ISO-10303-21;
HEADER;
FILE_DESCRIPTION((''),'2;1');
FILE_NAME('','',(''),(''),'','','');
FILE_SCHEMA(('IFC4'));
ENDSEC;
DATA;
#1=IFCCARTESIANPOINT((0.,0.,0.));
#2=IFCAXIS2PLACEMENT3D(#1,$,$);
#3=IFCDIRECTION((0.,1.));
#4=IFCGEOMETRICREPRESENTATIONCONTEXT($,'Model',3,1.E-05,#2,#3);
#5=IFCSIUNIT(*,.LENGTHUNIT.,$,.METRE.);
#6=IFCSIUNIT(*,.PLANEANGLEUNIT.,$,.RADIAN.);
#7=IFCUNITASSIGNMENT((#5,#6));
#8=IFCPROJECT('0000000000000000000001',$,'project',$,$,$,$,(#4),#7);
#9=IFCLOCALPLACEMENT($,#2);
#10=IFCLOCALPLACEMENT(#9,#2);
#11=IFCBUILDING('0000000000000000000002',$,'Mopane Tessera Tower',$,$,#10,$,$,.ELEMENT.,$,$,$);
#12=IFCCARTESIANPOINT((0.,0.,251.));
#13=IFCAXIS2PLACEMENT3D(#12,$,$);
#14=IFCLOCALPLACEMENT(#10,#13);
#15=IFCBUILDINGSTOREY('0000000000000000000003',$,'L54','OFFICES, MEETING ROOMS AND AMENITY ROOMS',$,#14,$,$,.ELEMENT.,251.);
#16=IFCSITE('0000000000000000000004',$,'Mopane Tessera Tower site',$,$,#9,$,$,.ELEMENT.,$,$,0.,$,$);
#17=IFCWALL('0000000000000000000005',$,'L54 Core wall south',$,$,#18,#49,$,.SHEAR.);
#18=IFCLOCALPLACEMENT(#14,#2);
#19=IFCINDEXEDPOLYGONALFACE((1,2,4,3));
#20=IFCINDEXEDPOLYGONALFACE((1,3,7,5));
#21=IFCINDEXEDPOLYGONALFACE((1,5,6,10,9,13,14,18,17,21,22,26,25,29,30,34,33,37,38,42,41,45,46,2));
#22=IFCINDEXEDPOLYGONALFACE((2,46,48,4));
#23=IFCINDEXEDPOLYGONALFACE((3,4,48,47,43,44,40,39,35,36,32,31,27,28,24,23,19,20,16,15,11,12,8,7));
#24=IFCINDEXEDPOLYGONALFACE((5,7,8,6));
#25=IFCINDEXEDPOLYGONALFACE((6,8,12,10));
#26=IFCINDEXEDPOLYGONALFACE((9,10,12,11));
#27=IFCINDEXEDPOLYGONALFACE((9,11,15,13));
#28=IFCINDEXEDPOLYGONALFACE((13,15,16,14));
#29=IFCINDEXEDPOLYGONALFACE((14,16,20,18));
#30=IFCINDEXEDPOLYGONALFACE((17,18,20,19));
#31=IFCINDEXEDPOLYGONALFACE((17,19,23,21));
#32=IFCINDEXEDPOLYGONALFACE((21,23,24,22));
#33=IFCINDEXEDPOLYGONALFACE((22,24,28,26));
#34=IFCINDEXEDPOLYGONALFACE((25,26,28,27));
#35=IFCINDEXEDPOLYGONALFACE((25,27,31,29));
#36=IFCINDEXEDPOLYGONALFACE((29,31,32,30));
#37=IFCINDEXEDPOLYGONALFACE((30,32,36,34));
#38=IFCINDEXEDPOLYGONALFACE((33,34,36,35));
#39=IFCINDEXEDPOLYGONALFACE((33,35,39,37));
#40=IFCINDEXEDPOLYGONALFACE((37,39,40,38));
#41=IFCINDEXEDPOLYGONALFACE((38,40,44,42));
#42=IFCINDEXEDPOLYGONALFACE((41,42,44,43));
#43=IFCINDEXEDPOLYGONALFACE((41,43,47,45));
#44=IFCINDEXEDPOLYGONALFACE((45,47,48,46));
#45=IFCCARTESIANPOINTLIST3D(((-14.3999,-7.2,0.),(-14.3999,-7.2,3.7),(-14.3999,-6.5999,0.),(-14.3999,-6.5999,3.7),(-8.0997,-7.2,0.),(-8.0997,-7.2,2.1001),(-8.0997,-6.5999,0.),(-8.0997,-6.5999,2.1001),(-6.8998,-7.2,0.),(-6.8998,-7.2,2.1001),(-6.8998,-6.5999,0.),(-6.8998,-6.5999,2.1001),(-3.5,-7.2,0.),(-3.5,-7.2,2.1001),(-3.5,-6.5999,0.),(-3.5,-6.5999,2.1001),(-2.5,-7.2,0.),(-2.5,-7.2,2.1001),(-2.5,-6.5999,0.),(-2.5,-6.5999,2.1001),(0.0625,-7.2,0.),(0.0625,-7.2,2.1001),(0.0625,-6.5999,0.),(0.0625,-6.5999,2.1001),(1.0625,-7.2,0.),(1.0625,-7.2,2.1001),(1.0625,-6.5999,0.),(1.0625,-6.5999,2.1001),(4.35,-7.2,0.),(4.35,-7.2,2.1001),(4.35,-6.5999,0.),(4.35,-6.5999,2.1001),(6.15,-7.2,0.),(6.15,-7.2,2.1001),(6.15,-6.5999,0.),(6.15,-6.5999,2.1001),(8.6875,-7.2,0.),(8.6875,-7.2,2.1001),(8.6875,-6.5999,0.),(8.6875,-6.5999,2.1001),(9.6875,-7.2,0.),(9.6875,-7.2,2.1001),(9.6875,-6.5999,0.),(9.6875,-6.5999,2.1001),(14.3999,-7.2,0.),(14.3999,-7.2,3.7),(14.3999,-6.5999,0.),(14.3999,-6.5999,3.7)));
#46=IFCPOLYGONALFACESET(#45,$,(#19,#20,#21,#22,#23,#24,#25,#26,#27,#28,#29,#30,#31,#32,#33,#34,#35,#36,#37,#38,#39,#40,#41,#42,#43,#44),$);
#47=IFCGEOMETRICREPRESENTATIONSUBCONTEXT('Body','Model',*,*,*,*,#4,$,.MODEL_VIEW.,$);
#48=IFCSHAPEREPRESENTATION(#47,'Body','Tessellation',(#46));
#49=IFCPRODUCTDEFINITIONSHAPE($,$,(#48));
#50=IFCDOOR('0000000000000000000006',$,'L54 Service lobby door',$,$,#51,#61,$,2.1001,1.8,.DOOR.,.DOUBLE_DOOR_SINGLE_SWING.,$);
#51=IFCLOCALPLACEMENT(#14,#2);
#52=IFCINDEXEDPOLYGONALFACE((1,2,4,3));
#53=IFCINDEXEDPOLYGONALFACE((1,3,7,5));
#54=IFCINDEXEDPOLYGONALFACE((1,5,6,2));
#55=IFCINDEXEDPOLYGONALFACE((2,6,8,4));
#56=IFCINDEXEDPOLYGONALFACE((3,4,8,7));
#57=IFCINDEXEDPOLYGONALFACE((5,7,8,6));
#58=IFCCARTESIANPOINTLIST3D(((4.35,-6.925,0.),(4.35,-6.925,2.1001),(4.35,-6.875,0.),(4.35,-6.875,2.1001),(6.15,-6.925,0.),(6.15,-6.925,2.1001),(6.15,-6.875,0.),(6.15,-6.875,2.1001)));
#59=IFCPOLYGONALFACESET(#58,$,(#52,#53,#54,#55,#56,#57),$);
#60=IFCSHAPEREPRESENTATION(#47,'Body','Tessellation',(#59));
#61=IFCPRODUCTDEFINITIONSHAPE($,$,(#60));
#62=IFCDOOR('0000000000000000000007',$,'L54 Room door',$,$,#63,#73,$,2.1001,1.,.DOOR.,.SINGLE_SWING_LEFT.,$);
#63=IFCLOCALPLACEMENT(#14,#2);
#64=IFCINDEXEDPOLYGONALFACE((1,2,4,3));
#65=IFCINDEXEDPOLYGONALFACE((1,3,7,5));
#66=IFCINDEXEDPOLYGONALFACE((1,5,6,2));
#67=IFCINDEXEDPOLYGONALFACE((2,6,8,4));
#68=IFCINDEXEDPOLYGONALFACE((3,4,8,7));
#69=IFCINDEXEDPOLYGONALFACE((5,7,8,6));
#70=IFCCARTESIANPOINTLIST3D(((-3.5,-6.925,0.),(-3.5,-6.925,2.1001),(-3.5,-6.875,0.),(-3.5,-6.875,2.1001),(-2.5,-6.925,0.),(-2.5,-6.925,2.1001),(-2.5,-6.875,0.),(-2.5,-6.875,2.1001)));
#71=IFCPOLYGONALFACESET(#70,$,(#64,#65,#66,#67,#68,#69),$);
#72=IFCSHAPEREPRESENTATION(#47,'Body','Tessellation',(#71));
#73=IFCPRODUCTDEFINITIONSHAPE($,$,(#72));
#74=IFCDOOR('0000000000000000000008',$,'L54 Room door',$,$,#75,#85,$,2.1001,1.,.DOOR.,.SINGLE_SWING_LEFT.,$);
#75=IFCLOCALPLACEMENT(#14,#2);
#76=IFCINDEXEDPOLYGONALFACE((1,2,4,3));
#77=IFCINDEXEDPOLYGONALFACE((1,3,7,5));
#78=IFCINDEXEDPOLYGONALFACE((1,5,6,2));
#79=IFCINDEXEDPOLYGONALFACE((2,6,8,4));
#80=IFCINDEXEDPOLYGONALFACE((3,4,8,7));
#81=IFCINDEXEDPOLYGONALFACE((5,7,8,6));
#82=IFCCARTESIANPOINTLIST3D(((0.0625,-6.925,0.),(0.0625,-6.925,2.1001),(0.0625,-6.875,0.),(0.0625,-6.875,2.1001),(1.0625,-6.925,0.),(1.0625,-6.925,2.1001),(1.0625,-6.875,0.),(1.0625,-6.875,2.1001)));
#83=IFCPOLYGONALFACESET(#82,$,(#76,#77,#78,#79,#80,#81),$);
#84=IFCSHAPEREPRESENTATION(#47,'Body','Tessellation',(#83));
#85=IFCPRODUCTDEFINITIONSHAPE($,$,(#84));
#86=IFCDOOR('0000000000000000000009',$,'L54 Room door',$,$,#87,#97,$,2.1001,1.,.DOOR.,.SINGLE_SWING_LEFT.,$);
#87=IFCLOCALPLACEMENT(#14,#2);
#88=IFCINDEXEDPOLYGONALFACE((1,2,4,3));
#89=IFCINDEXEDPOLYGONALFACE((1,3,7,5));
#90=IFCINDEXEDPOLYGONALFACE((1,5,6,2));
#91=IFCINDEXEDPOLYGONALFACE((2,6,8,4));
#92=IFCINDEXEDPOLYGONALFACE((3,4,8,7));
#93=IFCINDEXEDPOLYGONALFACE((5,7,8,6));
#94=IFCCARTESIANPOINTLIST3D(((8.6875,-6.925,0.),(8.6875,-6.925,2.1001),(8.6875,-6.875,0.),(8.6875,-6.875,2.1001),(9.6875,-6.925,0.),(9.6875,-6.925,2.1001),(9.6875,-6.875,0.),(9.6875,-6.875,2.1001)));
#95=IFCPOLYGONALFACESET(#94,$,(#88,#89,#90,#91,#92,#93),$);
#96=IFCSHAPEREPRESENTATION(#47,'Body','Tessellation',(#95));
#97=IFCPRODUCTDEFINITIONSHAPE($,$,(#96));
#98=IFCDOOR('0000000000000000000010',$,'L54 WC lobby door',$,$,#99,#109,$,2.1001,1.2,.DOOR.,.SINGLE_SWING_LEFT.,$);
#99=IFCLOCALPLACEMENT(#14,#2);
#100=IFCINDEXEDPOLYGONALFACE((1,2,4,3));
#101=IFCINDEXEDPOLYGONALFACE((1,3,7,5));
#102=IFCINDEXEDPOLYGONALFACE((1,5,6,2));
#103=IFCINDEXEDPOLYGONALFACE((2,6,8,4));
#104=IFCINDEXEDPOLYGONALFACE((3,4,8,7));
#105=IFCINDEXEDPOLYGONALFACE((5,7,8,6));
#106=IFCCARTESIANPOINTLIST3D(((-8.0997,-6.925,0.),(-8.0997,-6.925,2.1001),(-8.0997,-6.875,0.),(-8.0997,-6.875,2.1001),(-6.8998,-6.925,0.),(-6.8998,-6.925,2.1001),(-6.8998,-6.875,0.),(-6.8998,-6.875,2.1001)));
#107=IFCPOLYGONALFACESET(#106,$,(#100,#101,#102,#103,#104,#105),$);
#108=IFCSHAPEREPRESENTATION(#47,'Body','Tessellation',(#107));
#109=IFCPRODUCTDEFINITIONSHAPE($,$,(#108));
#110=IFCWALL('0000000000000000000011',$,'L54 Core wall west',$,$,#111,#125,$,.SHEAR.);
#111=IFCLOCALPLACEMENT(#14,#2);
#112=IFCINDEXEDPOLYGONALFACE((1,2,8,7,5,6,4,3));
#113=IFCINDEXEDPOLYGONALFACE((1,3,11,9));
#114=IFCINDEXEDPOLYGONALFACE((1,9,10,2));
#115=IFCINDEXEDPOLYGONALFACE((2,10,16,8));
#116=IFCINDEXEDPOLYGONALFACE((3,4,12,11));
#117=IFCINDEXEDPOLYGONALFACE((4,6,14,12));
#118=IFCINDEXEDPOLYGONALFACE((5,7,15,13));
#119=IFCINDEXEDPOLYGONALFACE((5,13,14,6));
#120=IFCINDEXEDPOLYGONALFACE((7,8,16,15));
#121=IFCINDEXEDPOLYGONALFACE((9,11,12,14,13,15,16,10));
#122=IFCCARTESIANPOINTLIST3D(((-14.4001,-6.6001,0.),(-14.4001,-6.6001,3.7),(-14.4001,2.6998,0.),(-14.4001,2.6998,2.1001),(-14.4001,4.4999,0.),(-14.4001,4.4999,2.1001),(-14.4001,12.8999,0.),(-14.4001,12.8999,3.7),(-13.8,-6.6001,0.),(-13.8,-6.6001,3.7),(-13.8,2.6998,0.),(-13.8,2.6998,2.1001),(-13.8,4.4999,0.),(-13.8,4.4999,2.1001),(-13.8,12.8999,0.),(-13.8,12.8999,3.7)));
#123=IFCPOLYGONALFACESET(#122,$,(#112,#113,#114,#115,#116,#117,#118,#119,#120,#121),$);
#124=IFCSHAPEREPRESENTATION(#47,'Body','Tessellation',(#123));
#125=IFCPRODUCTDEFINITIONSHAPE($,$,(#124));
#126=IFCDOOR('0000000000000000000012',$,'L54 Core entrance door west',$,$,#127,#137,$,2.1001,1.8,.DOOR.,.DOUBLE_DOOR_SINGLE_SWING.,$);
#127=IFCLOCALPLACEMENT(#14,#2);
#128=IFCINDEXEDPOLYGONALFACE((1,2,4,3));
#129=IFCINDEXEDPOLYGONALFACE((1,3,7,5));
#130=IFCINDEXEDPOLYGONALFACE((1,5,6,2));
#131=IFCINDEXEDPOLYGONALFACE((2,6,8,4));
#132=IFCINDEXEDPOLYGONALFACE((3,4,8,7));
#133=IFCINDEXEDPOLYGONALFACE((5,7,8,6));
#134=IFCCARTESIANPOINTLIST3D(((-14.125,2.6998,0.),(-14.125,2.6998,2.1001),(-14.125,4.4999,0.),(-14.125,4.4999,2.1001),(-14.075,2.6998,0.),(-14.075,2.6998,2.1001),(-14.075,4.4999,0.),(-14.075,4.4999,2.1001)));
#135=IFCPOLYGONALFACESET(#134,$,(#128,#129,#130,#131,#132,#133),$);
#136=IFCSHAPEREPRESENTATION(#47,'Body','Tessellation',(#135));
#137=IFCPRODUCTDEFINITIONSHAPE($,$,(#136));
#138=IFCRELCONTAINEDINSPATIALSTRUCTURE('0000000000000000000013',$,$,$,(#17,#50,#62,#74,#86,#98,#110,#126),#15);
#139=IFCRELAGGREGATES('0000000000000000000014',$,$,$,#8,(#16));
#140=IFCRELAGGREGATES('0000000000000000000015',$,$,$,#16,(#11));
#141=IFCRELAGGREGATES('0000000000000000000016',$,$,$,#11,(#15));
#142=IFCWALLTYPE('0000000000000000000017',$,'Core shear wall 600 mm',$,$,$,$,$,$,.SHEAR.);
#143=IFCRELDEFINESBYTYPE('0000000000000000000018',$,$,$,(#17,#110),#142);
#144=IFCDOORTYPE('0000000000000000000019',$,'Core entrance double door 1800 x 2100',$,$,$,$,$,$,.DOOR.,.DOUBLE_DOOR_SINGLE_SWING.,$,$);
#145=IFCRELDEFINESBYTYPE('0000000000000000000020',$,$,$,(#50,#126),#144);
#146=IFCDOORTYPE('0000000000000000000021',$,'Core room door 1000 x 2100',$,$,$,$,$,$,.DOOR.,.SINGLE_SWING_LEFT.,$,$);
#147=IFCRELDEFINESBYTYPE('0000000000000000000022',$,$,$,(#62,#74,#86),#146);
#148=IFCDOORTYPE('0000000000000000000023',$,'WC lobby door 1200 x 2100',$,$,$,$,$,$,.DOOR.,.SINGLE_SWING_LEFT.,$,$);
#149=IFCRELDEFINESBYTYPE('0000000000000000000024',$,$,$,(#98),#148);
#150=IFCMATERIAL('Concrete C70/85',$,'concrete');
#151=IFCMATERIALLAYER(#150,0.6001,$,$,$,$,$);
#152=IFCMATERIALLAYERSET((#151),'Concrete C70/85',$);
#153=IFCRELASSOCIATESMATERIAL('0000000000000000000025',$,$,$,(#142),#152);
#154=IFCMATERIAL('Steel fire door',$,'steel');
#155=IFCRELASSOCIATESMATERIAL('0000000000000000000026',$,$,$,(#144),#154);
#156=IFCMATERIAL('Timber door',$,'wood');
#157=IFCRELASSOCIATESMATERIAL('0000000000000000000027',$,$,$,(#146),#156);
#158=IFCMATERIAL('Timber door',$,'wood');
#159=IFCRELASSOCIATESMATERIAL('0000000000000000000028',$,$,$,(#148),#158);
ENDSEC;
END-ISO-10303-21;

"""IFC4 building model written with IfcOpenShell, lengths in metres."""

from ifc_helpers import new_model, si_unit, direction, frame, frame_2d, origin, place, context, subcontext, project, spatial, rectangle, extrude, material, layer, layer_set, type_object, element, fill, save


model = new_model("IFC4")

# Units and contexts
model_context = context("Model", 3, precision=1e-05, world=origin(), true_north=direction((0.0, 1.0)))
body_context = subcontext(model_context, "Body", "Model", "MODEL_VIEW")
ifc_project = project(units=[si_unit("LENGTHUNIT", "METRE"), si_unit("PLANEANGLEUNIT", "RADIAN")], contexts=[model_context])

# Site, building, storey
site_placement = place(None, origin())
site = spatial("IfcSite", under=ifc_project, at=site_placement, Name="Mopane Tessera Tower site", CompositionType="ELEMENT", RefElevation=0.0)
building_placement = place(site_placement, origin())
building = spatial("IfcBuilding", under=site, at=building_placement, Name="Mopane Tessera Tower", CompositionType="ELEMENT")
storey_placement = place(building_placement, frame((0.0, 0.0, 251.0)))
storey = spatial("IfcBuildingStorey", under=building, at=storey_placement, Name="L54", Description="OFFICES, MEETING ROOMS AND AMENITY ROOMS", CompositionType="ELEMENT", Elevation=251.0)

# Wall, openings, doors
ifc_material_1 = material(Name="Concrete C70/85", Category="concrete")
ifc_layer_1 = layer(ifc_material_1, 0.6001)
ifc_layer_set_1 = layer_set([ifc_layer_1], Name="Concrete C70/85")
wall_type_1 = type_object("IfcWallType", Name="Core shear wall 600 mm", PredefinedType="SHEAR", material=ifc_layer_set_1)
wall_1_placement = place(storey_placement, frame((-14.3999, -6.8999, 0.0), z_axis=(0.0, 0.0, 1.0), x_axis=(1.0, 0.0, 0.0)))
wall_1 = element("IfcWall", 1, at=wall_1_placement, inside=storey, type_object=wall_type_1, Name="L54 Core wall south", PredefinedType="SHEAR", context=body_context, shape_type="SweptSolid", body=[
    extrude(rectangle(XDim=28.7998, YDim=0.6001, at=frame_2d((14.3999, 0.0))), origin(), (0.0, 0.0, 1.0), 3.7),
])
opening_1_placement = place(wall_1_placement, frame((6.3, 0.0, 0.0)))
opening_1 = element("IfcOpeningElement", 2, at=opening_1_placement, cuts=wall_1, PredefinedType="OPENING", context=body_context, shape_type="SweptSolid", body=[
    extrude(rectangle(XDim=1.2, YDim=2.1001, at=frame_2d((0.6001, 1.05))), frame((0.0, 0.312, 0.0), z_axis=(0.0, -1.0, 0.0), x_axis=(1.0, 0.0, 0.0)), (0.0, 0.0, 1.0), 0.624),
])
opening_2_placement = place(wall_1_placement, frame((10.8999, 0.0, 0.0)))
opening_2 = element("IfcOpeningElement", 3, at=opening_2_placement, cuts=wall_1, PredefinedType="OPENING", context=body_context, shape_type="SweptSolid", body=[
    extrude(rectangle(XDim=1.0, YDim=2.1001, at=frame_2d((0.5, 1.05))), frame((0.0, 0.312, 0.0), z_axis=(0.0, -1.0, 0.0), x_axis=(1.0, 0.0, 0.0)), (0.0, 0.0, 1.0), 0.624),
])
opening_3_placement = place(wall_1_placement, frame((14.4624, 0.0, 0.0)))
opening_3 = element("IfcOpeningElement", 4, at=opening_3_placement, cuts=wall_1, PredefinedType="OPENING", context=body_context, shape_type="SweptSolid", body=[
    extrude(rectangle(XDim=1.0, YDim=2.1001, at=frame_2d((0.5, 1.05))), frame((0.0, 0.312, 0.0), z_axis=(0.0, -1.0, 0.0), x_axis=(1.0, 0.0, 0.0)), (0.0, 0.0, 1.0), 0.624),
])
opening_4_placement = place(wall_1_placement, frame((18.75, 0.0, 0.0)))
opening_4 = element("IfcOpeningElement", 5, at=opening_4_placement, cuts=wall_1, PredefinedType="OPENING", context=body_context, shape_type="SweptSolid", body=[
    extrude(rectangle(XDim=1.8, YDim=2.1001, at=frame_2d((0.8999, 1.05))), frame((0.0, 0.312, 0.0), z_axis=(0.0, -1.0, 0.0), x_axis=(1.0, 0.0, 0.0)), (0.0, 0.0, 1.0), 0.624),
])
opening_5_placement = place(wall_1_placement, frame((23.0874, 0.0, 0.0)))
opening_5 = element("IfcOpeningElement", 6, at=opening_5_placement, cuts=wall_1, PredefinedType="OPENING", context=body_context, shape_type="SweptSolid", body=[
    extrude(rectangle(XDim=1.0, YDim=2.1001, at=frame_2d((0.5, 1.05))), frame((0.0, 0.312, 0.0), z_axis=(0.0, -1.0, 0.0), x_axis=(1.0, 0.0, 0.0)), (0.0, 0.0, 1.0), 0.624),
])
ifc_material_2 = material(Name="Steel fire door", Category="steel")
door_type_1 = type_object("IfcDoorType", Name="Core entrance double door 1800 x 2100", OperationType="DOUBLE_DOOR_SINGLE_SWING", PredefinedType="DOOR", material=ifc_material_2)
door_1_placement = place(opening_4_placement, origin())
door_1 = element("IfcDoor", 7, at=door_1_placement, inside=storey, type_object=door_type_1, Name="L54 Service lobby door", OperationType="DOUBLE_DOOR_SINGLE_SWING", OverallHeight=2.1001, OverallWidth=1.8, PredefinedType="DOOR", context=body_context, shape_type="SweptSolid", body=[
    extrude(rectangle(XDim=1.8, YDim=2.1001, at=frame_2d((0.8999, 1.05))), frame((0.0, 0.0249, 0.0), z_axis=(0.0, -1.0, 0.0), x_axis=(1.0, 0.0, 0.0)), (0.0, 0.0, 1.0), 0.05),
])
fill(opening_4, door_1)
ifc_material_3 = material(Name="Timber door", Category="wood")
door_type_2 = type_object("IfcDoorType", Name="Core room door 1000 x 2100", OperationType="SINGLE_SWING_LEFT", PredefinedType="DOOR", material=ifc_material_3)
door_2_placement = place(opening_2_placement, origin())
door_2 = element("IfcDoor", 8, at=door_2_placement, inside=storey, type_object=door_type_2, Name="L54 Room door", OperationType="SINGLE_SWING_LEFT", OverallHeight=2.1001, OverallWidth=1.0, PredefinedType="DOOR", context=body_context, shape_type="SweptSolid", body=[
    extrude(rectangle(XDim=1.0, YDim=2.1001, at=frame_2d((0.5, 1.05))), frame((0.0, 0.0249, 0.0), z_axis=(0.0, -1.0, 0.0), x_axis=(1.0, 0.0, 0.0)), (0.0, 0.0, 1.0), 0.05),
])
fill(opening_2, door_2)
door_3_placement = place(opening_3_placement, origin())
door_3 = element("IfcDoor", 9, at=door_3_placement, inside=storey, type_object=door_type_2, Name="L54 Room door", OperationType="SINGLE_SWING_LEFT", OverallHeight=2.1001, OverallWidth=1.0, PredefinedType="DOOR", context=body_context, shape_type="SweptSolid", body=[
    extrude(rectangle(XDim=1.0, YDim=2.1001, at=frame_2d((0.5, 1.05))), frame((0.0, 0.0249, 0.0), z_axis=(0.0, -1.0, 0.0), x_axis=(1.0, 0.0, 0.0)), (0.0, 0.0, 1.0), 0.05),
])
fill(opening_3, door_3)
door_4_placement = place(opening_5_placement, origin())
door_4 = element("IfcDoor", 10, at=door_4_placement, inside=storey, type_object=door_type_2, Name="L54 Room door", OperationType="SINGLE_SWING_LEFT", OverallHeight=2.1001, OverallWidth=1.0, PredefinedType="DOOR", context=body_context, shape_type="SweptSolid", body=[
    extrude(rectangle(XDim=1.0, YDim=2.1001, at=frame_2d((0.5, 1.05))), frame((0.0, 0.0249, 0.0), z_axis=(0.0, -1.0, 0.0), x_axis=(1.0, 0.0, 0.0)), (0.0, 0.0, 1.0), 0.05),
])
fill(opening_5, door_4)
ifc_material_4 = material(Name="Timber door", Category="wood")
door_type_3 = type_object("IfcDoorType", Name="WC lobby door 1200 x 2100", OperationType="SINGLE_SWING_LEFT", PredefinedType="DOOR", material=ifc_material_4)
door_5_placement = place(opening_1_placement, origin())
door_5 = element("IfcDoor", 11, at=door_5_placement, inside=storey, type_object=door_type_3, Name="L54 WC lobby door", OperationType="SINGLE_SWING_LEFT", OverallHeight=2.1001, OverallWidth=1.2, PredefinedType="DOOR", context=body_context, shape_type="SweptSolid", body=[
    extrude(rectangle(XDim=1.2, YDim=2.1001, at=frame_2d((0.6001, 1.05))), frame((0.0, 0.0249, 0.0), z_axis=(0.0, -1.0, 0.0), x_axis=(1.0, 0.0, 0.0)), (0.0, 0.0, 1.0), 0.05),
])
fill(opening_1, door_5)

# Wall, opening, door
wall_2_placement = place(storey_placement, frame((-14.1001, -6.6001, 0.0), z_axis=(0.0, 0.0, 1.0), x_axis=(0.0, 1.0, 0.0)))
wall_2 = element("IfcWall", 12, at=wall_2_placement, inside=storey, type_object=wall_type_1, Name="L54 Core wall west", PredefinedType="SHEAR", context=body_context, shape_type="SweptSolid", body=[
    extrude(rectangle(XDim=19.5, YDim=0.6001, at=frame_2d((9.75, 0.0))), origin(), (0.0, 0.0, 1.0), 3.7),
])
opening_6_placement = place(wall_2_placement, frame((9.3, 0.0, 0.0)))
opening_6 = element("IfcOpeningElement", 13, at=opening_6_placement, cuts=wall_2, PredefinedType="OPENING", context=body_context, shape_type="SweptSolid", body=[
    extrude(rectangle(XDim=1.8, YDim=2.1001, at=frame_2d((0.8999, 1.05))), frame((0.0, 0.312, 0.0), z_axis=(0.0, -1.0, 0.0), x_axis=(1.0, 0.0, 0.0)), (0.0, 0.0, 1.0), 0.624),
])
door_6_placement = place(opening_6_placement, origin())
door_6 = element("IfcDoor", 14, at=door_6_placement, inside=storey, type_object=door_type_1, Name="L54 Core entrance door west", OperationType="DOUBLE_DOOR_SINGLE_SWING", OverallHeight=2.1001, OverallWidth=1.8, PredefinedType="DOOR", context=body_context, shape_type="SweptSolid", body=[
    extrude(rectangle(XDim=1.8, YDim=2.1001, at=frame_2d((0.8999, 1.05))), frame((0.0, 0.0249, 0.0), z_axis=(0.0, -1.0, 0.0), x_axis=(1.0, 0.0, 0.0)), (0.0, 0.0, 1.0), 0.05),
])
fill(opening_6, door_6)

save(model, "model.ifc")
